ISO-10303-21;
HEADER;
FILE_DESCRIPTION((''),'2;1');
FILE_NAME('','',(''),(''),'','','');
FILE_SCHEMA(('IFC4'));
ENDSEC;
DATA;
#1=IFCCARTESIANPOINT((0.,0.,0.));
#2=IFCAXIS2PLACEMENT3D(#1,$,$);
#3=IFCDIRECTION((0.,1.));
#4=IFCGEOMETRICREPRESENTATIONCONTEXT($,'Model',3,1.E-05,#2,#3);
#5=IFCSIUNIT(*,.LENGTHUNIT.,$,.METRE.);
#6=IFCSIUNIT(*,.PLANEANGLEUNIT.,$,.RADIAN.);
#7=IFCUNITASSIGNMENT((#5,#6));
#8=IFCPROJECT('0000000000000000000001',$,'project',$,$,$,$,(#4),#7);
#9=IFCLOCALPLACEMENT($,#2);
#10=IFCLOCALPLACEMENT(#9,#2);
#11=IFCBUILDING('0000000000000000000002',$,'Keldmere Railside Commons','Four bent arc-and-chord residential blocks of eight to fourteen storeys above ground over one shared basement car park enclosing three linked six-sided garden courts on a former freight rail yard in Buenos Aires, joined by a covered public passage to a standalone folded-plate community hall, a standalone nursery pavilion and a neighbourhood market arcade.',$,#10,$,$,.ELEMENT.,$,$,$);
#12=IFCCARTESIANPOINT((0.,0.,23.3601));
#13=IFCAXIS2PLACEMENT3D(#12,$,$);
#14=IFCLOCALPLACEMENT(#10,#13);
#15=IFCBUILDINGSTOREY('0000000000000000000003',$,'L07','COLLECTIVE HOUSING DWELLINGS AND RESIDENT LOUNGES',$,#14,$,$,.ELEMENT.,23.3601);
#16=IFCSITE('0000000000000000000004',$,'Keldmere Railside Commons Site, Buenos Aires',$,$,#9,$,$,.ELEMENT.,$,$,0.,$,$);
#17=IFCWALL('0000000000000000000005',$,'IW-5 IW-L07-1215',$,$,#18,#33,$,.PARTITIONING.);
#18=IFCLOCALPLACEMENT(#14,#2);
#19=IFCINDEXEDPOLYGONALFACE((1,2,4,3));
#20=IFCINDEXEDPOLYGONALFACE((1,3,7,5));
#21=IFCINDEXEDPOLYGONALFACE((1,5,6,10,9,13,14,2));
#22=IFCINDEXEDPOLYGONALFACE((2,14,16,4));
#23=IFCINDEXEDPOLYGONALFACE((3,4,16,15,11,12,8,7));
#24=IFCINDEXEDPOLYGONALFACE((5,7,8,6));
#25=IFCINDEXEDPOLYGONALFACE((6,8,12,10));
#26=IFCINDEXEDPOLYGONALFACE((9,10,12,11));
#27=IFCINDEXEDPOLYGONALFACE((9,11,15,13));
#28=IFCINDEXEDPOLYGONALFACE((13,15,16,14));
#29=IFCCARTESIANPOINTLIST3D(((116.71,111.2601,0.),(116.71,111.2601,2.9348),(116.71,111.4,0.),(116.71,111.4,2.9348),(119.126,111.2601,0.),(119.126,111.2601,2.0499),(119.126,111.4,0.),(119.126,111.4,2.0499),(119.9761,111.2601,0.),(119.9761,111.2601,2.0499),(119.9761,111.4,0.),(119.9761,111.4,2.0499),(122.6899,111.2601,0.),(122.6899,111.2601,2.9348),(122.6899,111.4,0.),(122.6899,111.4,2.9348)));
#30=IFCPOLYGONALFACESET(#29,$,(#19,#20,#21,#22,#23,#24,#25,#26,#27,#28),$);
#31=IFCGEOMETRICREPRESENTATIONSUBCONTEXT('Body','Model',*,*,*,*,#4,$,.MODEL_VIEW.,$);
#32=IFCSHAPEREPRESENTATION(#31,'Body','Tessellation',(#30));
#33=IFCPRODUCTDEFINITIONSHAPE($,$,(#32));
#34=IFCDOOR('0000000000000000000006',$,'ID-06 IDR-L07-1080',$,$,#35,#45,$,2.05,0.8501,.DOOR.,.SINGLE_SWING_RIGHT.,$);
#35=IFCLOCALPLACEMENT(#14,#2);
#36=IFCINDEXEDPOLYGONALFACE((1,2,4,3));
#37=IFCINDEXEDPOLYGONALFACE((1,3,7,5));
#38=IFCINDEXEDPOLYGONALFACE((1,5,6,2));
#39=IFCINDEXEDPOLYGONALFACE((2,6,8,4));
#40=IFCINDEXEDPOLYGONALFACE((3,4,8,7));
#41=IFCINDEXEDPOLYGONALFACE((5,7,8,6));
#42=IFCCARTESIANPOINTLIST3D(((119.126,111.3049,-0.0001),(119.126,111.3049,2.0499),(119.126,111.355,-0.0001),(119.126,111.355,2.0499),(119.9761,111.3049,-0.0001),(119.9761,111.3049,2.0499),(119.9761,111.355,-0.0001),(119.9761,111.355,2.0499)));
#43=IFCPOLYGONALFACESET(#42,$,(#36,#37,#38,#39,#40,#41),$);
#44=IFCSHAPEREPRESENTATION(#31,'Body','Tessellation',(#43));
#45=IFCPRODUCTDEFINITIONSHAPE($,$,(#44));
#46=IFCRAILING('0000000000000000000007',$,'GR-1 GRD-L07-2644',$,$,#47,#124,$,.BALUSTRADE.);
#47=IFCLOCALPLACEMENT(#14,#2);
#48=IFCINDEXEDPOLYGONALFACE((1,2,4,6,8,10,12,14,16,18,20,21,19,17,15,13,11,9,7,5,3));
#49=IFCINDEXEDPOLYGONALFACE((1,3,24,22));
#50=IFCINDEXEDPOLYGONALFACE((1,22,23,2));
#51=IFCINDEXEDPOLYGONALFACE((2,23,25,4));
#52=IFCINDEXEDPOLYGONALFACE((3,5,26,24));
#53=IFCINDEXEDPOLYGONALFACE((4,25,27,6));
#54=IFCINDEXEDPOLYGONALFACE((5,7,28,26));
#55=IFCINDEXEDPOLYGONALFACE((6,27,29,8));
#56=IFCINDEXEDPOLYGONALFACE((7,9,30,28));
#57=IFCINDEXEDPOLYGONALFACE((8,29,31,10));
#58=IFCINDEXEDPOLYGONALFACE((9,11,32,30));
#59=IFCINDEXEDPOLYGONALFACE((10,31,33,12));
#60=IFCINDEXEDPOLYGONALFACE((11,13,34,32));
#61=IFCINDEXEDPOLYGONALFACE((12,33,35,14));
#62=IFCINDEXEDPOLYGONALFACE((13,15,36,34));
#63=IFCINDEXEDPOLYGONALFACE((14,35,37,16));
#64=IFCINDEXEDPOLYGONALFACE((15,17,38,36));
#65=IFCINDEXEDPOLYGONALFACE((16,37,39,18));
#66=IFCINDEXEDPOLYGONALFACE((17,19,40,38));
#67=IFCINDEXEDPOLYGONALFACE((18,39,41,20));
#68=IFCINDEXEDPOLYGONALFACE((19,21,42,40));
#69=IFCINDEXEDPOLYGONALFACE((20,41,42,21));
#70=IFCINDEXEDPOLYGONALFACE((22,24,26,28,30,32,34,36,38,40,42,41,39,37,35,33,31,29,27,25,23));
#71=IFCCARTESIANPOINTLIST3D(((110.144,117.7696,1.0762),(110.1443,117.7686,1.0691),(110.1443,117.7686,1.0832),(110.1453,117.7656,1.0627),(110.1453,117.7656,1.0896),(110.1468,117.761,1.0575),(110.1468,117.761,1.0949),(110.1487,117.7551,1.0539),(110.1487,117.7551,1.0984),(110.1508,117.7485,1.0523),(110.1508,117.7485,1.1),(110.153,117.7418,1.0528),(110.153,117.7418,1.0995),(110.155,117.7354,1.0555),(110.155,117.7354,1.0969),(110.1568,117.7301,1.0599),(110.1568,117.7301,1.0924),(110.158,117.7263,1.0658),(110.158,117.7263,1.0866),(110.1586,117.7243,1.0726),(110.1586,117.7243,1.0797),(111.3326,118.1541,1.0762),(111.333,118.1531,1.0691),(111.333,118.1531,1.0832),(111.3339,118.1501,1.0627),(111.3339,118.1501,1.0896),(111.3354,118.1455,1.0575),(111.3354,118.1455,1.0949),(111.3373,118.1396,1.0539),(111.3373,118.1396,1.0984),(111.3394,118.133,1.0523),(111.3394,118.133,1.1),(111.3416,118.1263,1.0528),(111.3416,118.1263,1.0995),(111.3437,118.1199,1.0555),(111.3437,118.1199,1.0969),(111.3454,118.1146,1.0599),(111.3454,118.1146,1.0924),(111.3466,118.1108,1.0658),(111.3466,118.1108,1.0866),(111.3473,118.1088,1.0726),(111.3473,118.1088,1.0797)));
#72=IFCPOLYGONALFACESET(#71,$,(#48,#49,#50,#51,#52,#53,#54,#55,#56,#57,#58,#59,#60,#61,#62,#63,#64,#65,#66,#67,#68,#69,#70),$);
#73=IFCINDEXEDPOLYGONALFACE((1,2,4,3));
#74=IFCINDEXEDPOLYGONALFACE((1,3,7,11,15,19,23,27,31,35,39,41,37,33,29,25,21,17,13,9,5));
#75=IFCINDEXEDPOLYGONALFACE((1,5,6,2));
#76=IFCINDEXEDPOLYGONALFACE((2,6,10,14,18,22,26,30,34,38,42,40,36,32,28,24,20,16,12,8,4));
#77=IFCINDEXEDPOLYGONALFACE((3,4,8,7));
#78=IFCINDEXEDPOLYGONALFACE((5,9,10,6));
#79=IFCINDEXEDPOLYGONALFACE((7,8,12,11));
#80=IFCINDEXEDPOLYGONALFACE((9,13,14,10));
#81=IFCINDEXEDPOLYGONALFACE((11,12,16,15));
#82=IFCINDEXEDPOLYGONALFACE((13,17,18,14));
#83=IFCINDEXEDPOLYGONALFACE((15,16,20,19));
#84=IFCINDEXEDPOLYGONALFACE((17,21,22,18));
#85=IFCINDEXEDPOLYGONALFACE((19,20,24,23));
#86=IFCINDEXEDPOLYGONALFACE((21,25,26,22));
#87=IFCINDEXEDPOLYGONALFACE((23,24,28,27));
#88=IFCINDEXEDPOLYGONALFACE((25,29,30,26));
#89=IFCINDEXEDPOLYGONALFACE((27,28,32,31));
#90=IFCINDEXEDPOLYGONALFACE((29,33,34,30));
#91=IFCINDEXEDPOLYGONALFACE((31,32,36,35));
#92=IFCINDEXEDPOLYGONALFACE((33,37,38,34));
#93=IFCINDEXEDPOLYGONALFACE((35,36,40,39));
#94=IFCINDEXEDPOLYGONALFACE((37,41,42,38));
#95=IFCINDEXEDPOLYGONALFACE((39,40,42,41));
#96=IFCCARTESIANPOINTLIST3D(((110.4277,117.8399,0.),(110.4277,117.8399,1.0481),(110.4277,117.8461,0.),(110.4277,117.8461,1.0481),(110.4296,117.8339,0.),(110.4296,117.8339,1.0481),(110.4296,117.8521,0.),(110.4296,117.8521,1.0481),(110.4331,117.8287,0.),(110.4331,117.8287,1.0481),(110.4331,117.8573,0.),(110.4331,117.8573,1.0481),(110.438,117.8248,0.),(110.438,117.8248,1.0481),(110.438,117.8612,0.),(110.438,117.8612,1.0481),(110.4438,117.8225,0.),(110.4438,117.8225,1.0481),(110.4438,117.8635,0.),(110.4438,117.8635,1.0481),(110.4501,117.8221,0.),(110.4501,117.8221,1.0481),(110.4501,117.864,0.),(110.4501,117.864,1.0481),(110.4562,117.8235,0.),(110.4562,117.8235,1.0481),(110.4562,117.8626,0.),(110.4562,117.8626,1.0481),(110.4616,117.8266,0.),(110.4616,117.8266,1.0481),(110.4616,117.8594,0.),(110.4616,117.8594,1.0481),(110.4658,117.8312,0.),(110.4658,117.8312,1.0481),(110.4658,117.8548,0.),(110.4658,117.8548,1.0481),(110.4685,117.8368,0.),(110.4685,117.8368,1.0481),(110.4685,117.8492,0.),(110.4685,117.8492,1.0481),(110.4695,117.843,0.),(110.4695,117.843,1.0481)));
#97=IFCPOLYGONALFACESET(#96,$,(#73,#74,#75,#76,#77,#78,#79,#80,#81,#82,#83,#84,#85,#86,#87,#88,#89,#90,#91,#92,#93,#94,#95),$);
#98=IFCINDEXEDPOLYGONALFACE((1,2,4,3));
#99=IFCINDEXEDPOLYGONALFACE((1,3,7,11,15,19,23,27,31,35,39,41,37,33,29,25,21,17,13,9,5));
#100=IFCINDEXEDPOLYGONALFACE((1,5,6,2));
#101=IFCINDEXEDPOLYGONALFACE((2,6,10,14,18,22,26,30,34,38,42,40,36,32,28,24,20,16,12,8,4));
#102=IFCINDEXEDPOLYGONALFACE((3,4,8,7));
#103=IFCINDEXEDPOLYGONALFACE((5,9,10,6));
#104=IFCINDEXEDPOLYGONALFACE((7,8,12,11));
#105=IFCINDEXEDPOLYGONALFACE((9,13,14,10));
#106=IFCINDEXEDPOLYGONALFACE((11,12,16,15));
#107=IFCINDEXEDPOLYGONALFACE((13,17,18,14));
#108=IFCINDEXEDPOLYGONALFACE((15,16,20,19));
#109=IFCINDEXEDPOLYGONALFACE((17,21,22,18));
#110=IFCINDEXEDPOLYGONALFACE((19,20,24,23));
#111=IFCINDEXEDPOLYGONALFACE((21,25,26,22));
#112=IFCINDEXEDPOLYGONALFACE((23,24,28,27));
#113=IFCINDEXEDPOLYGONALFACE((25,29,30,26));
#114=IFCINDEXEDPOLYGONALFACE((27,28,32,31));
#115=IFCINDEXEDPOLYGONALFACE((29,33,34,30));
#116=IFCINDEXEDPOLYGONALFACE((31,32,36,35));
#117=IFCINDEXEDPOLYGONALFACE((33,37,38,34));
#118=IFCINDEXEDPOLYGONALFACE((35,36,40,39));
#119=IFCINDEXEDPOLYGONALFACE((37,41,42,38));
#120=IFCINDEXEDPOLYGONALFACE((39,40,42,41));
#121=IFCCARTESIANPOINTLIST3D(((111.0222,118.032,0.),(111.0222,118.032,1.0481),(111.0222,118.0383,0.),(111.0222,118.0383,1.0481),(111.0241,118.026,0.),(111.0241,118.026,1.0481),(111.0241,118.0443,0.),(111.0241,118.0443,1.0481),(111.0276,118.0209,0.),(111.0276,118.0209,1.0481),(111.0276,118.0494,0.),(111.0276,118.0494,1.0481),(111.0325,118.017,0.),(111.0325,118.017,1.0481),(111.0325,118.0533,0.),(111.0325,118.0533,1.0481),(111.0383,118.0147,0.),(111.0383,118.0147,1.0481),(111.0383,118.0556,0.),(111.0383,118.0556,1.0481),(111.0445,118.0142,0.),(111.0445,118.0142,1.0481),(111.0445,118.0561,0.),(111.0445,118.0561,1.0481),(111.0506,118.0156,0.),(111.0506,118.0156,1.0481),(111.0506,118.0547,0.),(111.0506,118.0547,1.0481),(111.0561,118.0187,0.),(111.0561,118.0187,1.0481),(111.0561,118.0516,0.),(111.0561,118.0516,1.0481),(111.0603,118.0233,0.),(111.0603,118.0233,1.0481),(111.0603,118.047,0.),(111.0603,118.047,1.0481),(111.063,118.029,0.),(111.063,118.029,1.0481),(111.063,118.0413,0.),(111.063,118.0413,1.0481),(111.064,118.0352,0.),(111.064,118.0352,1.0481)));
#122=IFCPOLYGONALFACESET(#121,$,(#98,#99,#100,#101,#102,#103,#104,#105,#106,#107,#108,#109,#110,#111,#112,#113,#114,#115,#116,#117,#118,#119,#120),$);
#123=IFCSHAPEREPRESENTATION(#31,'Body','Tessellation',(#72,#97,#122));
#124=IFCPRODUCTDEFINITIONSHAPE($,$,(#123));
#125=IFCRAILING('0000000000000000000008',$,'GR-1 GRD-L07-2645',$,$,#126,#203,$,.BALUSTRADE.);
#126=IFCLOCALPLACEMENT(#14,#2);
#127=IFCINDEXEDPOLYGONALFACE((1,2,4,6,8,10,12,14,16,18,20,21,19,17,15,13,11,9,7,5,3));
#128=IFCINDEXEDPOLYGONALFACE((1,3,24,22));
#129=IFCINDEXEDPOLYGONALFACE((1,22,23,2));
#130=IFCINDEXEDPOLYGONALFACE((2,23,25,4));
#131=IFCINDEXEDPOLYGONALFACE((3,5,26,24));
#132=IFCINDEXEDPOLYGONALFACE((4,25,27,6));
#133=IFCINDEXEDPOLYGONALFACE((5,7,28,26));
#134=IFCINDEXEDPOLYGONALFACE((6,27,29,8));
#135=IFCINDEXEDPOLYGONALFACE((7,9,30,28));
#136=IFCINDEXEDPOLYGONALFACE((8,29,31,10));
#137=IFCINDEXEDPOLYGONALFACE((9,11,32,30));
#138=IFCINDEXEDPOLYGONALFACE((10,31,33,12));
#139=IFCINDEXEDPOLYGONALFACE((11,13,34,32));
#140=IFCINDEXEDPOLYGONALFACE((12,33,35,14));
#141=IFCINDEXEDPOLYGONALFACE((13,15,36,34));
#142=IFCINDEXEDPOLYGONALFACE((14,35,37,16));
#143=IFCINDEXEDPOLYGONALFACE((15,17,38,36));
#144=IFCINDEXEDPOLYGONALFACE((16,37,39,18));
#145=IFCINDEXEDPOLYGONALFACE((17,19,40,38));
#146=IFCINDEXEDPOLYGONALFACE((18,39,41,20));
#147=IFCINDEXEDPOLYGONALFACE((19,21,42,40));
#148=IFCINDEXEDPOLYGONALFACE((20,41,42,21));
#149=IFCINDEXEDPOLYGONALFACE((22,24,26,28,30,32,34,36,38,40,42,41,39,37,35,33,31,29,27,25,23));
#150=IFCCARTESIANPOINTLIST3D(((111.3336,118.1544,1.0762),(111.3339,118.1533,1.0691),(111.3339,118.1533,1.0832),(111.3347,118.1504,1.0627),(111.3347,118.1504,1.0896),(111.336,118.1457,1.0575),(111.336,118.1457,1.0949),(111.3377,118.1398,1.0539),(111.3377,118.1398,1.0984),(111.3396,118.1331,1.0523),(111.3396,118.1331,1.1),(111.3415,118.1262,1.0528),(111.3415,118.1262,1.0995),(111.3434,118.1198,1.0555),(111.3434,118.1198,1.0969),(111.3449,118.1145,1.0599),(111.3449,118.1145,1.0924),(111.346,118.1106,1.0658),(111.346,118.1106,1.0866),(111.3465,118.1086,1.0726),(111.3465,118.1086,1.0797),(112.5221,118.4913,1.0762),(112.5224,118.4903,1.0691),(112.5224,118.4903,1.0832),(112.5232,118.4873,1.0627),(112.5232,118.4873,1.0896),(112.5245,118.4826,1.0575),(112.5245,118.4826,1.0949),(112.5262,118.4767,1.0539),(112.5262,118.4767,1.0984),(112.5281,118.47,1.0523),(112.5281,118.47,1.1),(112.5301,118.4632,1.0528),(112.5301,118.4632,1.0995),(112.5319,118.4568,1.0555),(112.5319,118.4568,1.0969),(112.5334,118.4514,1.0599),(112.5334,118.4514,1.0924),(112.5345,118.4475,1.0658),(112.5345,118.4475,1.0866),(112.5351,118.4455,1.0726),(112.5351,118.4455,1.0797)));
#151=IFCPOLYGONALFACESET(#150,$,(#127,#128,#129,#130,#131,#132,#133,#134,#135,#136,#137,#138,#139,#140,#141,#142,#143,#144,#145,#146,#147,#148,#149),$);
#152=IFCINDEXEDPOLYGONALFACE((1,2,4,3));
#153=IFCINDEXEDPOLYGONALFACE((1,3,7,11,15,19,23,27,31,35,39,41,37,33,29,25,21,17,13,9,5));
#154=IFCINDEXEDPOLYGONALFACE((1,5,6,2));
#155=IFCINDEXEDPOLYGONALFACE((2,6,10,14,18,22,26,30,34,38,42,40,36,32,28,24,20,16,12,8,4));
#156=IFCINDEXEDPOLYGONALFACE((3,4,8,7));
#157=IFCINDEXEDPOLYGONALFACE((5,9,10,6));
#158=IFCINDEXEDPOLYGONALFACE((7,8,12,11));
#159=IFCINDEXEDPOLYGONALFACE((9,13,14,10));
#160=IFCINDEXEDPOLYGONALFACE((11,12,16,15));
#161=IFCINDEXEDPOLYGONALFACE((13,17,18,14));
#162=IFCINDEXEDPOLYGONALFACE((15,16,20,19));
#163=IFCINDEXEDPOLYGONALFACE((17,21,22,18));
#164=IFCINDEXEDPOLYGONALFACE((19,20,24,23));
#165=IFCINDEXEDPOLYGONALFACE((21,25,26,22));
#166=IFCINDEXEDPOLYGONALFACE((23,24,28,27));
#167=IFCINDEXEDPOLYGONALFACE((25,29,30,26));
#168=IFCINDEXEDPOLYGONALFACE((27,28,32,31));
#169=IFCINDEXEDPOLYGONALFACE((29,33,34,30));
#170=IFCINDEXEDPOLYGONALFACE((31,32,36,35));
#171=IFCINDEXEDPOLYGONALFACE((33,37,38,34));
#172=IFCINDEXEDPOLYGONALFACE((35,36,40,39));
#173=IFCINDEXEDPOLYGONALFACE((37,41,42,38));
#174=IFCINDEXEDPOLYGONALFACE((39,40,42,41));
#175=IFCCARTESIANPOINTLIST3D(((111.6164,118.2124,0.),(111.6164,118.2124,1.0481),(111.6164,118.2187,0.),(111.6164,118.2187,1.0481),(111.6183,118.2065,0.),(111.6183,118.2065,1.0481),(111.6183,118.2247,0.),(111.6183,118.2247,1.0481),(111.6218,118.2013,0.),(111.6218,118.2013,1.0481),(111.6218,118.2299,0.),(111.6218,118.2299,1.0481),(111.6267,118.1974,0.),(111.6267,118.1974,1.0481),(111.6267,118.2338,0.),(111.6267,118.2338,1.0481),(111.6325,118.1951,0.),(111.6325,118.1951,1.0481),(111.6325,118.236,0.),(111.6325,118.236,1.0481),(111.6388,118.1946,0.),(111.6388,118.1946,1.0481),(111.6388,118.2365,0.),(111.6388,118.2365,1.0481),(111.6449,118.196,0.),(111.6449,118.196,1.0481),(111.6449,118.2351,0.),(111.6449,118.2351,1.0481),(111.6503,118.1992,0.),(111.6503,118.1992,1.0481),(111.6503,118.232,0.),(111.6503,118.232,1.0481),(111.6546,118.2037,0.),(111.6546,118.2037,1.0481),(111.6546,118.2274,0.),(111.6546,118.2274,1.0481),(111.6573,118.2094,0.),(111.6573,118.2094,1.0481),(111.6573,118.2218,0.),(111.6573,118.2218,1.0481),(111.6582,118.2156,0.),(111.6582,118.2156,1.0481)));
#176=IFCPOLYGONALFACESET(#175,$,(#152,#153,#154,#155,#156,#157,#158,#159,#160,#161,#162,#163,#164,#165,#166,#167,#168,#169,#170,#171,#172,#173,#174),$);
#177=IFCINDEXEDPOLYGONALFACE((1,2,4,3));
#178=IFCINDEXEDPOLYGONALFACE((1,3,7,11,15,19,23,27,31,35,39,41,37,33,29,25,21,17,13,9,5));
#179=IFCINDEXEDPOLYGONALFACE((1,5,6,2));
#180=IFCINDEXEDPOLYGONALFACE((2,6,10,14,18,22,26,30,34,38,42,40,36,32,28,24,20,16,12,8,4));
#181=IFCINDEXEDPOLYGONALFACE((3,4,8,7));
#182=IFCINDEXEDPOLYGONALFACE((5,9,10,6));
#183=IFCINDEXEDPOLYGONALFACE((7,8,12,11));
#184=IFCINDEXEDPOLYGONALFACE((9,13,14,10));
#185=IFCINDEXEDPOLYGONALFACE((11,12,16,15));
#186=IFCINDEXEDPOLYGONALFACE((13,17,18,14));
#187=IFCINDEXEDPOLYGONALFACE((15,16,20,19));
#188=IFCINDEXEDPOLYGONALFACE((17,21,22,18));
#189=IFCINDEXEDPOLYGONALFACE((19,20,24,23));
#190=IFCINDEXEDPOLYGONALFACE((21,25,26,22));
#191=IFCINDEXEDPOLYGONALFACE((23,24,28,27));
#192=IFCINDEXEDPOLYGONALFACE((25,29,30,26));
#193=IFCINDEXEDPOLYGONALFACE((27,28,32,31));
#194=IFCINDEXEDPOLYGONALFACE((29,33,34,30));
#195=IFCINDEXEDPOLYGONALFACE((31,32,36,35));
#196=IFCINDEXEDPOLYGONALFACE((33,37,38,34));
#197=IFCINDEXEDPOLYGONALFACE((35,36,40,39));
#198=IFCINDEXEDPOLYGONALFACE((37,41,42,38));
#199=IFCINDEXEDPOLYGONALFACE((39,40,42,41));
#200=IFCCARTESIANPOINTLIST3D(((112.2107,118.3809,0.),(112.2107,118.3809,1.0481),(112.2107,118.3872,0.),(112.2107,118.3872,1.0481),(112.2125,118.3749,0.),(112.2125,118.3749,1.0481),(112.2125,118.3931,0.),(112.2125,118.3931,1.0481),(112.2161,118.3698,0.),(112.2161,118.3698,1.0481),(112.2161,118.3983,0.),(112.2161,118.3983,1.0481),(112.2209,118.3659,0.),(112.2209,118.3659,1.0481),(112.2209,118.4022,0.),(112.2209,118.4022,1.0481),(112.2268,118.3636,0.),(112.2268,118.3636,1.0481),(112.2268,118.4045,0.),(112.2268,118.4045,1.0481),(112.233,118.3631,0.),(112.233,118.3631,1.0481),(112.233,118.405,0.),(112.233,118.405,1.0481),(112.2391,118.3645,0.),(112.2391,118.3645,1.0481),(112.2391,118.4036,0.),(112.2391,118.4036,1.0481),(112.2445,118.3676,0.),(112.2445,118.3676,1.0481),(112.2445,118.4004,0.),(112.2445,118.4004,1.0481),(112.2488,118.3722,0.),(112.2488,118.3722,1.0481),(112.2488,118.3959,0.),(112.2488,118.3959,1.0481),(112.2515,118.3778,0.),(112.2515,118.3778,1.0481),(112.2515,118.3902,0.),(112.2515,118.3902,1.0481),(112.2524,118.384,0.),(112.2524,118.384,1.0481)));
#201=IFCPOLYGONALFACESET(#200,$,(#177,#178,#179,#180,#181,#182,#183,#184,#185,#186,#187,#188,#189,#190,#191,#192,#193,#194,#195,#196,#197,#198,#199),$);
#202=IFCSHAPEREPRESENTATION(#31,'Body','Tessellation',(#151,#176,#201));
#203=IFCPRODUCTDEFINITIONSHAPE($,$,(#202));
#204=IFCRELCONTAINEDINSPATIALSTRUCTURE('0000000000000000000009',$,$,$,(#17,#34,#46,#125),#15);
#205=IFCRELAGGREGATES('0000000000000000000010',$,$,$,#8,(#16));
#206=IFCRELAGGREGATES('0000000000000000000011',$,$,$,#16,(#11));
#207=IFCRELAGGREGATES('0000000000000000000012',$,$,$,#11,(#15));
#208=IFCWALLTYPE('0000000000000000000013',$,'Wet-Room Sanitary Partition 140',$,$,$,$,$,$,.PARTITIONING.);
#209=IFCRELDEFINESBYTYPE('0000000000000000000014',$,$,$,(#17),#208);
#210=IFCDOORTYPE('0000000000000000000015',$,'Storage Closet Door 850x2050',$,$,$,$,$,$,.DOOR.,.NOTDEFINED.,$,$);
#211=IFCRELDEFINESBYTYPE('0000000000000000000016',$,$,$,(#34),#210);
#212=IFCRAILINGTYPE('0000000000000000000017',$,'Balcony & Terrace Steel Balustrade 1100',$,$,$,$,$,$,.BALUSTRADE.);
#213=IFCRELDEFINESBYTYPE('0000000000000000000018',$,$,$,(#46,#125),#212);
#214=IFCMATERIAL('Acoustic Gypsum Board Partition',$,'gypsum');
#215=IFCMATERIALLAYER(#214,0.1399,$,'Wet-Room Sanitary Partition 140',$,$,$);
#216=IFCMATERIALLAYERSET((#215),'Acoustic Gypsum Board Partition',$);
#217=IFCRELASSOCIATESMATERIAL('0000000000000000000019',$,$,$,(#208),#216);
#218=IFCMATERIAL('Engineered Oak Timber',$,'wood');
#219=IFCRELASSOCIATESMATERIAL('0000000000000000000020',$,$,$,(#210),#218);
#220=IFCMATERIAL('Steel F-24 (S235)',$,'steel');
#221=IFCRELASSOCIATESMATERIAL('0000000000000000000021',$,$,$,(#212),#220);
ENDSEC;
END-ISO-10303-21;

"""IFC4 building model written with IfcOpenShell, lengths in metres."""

from ifc_helpers import new_model, si_unit, direction, frame, frame_2d, origin, origin_2d, place, context, subcontext, project, spatial, rectangle, circle, extrude, material, layer, layer_set, type_object, element, fill, save


model = new_model("IFC4")

# Units and contexts
model_context = context("Model", 3, precision=1e-05, world=origin(), true_north=direction((0.0, 1.0)))
body_context = subcontext(model_context, "Body", "Model", "MODEL_VIEW")
ifc_project = project(units=[si_unit("LENGTHUNIT", "METRE"), si_unit("PLANEANGLEUNIT", "RADIAN")], contexts=[model_context])

# Site, building, storey
site_placement = place(None, origin())
site = spatial("IfcSite", under=ifc_project, at=site_placement, Name="Keldmere Railside Commons Site, Buenos Aires", CompositionType="ELEMENT", RefElevation=0.0)
building_placement = place(site_placement, origin())
building = spatial("IfcBuilding", under=site, at=building_placement, Name="Keldmere Railside Commons", Description="Four bent arc-and-chord residential blocks of eight to fourteen storeys above ground over one shared basement car park enclosing three linked six-sided garden courts on a former freight rail yard in Buenos Aires, joined by a covered public passage to a standalone folded-plate community hall, a standalone nursery pavilion and a neighbourhood market arcade.", CompositionType="ELEMENT")
storey_placement = place(building_placement, frame((0.0, 0.0, 23.3601)))
storey = spatial("IfcBuildingStorey", under=building, at=storey_placement, Name="L07", Description="COLLECTIVE HOUSING DWELLINGS AND RESIDENT LOUNGES", CompositionType="ELEMENT", Elevation=23.3601)

# Shared definitions
ifc_material_1 = material(Name="Acoustic Gypsum Board Partition", Category="gypsum")

# Shared definitions
ifc_material_2 = material(Name="Engineered Oak Timber", Category="wood")

# Shared definitions
ifc_material_3 = material(Name="Steel F-24 (S235)", Category="steel")

# Wall, opening, door
ifc_layer_1 = layer(ifc_material_1, 0.1399, Name="Wet-Room Sanitary Partition 140")
ifc_layer_set_1 = layer_set([ifc_layer_1], Name="Acoustic Gypsum Board Partition")
wall_type_1 = type_object("IfcWallType", Name="Wet-Room Sanitary Partition 140", PredefinedType="PARTITIONING", material=ifc_layer_set_1)
wall_1_placement = place(storey_placement, frame((116.71, 111.3301, 0.0), z_axis=(0.0, 0.0, 1.0), x_axis=(1.0, 0.0, 0.0)))
wall_1 = element("IfcWall", 1, at=wall_1_placement, inside=storey, type_object=wall_type_1, Name="IW-5 IW-L07-1215", PredefinedType="PARTITIONING", context=body_context, shape_type="SweptSolid", body=[
    extrude(rectangle(XDim=5.98, YDim=0.1399, at=frame_2d((2.99, 0.0))), origin(), (0.0, 0.0, 1.0), 2.9348),
])
opening_1_placement = place(wall_1_placement, frame((2.416, 0.0, 0.0)))
opening_1 = element("IfcOpeningElement", 2, at=opening_1_placement, cuts=wall_1, PredefinedType="OPENING", context=body_context, shape_type="SweptSolid", body=[
    extrude(rectangle(XDim=0.8501, YDim=2.05, at=frame_2d((0.425, 1.0249))), frame((0.0, 0.0798, 0.0), z_axis=(0.0, -1.0, 0.0), x_axis=(1.0, 0.0, 0.0)), (0.0, 0.0, 1.0), 0.1599),
])
door_type_1 = type_object("IfcDoorType", Name="Storage Closet Door 850x2050", OperationType="NOTDEFINED", PredefinedType="DOOR", material=ifc_material_2)
door_1_placement = place(opening_1_placement, origin())
door_1 = element("IfcDoor", 3, at=door_1_placement, inside=storey, type_object=door_type_1, Name="ID-06 IDR-L07-1080", OperationType="SINGLE_SWING_RIGHT", OverallHeight=2.05, OverallWidth=0.8501, PredefinedType="DOOR", context=body_context, shape_type="SweptSolid", body=[
    extrude(rectangle(XDim=0.8501, YDim=2.05, at=frame_2d((0.425, 1.0249))), frame((0.0, 0.0249, 0.0), z_axis=(0.0, -1.0, 0.0), x_axis=(1.0, 0.0, 0.0)), (0.0, 0.0, 1.0), 0.05),
])
fill(opening_1, door_1)

# Railings
railing_type = type_object("IfcRailingType", Name="Balcony & Terrace Steel Balustrade 1100", PredefinedType="BALUSTRADE", material=ifc_material_3)
railing_1_placement = place(storey_placement, frame((110.1514, 117.7468, 0.0)))
element("IfcRailing", 4, at=railing_1_placement, inside=storey, type_object=railing_type, Name="GR-1 GRD-L07-2644", PredefinedType="BALUSTRADE", context=body_context, shape_type="SweptSolid", body=[
    extrude(circle(Radius=0.0239, at=origin_2d()), frame((0.0, 0.0, 1.0762), z_axis=(0.95146, 0.307773, 0.0), x_axis=(-0.307773, 0.95146, 0.0)), (0.0, 0.0, 1.0), 1.2493),
    extrude(circle(Radius=0.021, at=origin_2d()), frame((0.2971, 0.0962, 0.0)), (0.0, 0.0, 1.0), 1.0481),
    extrude(circle(Radius=0.021, at=origin_2d()), frame((0.8916, 0.2883, 0.0)), (0.0, 0.0, 1.0), 1.0481),
])
railing_2_placement = place(storey_placement, frame((111.3401, 118.1313, 0.0)))
element("IfcRailing", 5, at=railing_2_placement, inside=storey, type_object=railing_type, Name="GR-1 GRD-L07-2645", PredefinedType="BALUSTRADE", context=body_context, shape_type="SweptSolid", body=[
    extrude(circle(Radius=0.0239, at=origin_2d()), frame((0.0, 0.0, 1.0762), z_axis=(0.962089, 0.272737, 0.0), x_axis=(-0.272737, 0.962089, 0.0)), (0.0, 0.0, 1.0), 1.2354),
    extrude(circle(Radius=0.021, at=origin_2d()), frame((0.2971, 0.0842, 0.0)), (0.0, 0.0, 1.0), 1.0481),
    extrude(circle(Radius=0.021, at=origin_2d()), frame((0.8914, 0.2527, 0.0)), (0.0, 0.0, 1.0), 1.0481),
])

save(model, "model.ifc")
